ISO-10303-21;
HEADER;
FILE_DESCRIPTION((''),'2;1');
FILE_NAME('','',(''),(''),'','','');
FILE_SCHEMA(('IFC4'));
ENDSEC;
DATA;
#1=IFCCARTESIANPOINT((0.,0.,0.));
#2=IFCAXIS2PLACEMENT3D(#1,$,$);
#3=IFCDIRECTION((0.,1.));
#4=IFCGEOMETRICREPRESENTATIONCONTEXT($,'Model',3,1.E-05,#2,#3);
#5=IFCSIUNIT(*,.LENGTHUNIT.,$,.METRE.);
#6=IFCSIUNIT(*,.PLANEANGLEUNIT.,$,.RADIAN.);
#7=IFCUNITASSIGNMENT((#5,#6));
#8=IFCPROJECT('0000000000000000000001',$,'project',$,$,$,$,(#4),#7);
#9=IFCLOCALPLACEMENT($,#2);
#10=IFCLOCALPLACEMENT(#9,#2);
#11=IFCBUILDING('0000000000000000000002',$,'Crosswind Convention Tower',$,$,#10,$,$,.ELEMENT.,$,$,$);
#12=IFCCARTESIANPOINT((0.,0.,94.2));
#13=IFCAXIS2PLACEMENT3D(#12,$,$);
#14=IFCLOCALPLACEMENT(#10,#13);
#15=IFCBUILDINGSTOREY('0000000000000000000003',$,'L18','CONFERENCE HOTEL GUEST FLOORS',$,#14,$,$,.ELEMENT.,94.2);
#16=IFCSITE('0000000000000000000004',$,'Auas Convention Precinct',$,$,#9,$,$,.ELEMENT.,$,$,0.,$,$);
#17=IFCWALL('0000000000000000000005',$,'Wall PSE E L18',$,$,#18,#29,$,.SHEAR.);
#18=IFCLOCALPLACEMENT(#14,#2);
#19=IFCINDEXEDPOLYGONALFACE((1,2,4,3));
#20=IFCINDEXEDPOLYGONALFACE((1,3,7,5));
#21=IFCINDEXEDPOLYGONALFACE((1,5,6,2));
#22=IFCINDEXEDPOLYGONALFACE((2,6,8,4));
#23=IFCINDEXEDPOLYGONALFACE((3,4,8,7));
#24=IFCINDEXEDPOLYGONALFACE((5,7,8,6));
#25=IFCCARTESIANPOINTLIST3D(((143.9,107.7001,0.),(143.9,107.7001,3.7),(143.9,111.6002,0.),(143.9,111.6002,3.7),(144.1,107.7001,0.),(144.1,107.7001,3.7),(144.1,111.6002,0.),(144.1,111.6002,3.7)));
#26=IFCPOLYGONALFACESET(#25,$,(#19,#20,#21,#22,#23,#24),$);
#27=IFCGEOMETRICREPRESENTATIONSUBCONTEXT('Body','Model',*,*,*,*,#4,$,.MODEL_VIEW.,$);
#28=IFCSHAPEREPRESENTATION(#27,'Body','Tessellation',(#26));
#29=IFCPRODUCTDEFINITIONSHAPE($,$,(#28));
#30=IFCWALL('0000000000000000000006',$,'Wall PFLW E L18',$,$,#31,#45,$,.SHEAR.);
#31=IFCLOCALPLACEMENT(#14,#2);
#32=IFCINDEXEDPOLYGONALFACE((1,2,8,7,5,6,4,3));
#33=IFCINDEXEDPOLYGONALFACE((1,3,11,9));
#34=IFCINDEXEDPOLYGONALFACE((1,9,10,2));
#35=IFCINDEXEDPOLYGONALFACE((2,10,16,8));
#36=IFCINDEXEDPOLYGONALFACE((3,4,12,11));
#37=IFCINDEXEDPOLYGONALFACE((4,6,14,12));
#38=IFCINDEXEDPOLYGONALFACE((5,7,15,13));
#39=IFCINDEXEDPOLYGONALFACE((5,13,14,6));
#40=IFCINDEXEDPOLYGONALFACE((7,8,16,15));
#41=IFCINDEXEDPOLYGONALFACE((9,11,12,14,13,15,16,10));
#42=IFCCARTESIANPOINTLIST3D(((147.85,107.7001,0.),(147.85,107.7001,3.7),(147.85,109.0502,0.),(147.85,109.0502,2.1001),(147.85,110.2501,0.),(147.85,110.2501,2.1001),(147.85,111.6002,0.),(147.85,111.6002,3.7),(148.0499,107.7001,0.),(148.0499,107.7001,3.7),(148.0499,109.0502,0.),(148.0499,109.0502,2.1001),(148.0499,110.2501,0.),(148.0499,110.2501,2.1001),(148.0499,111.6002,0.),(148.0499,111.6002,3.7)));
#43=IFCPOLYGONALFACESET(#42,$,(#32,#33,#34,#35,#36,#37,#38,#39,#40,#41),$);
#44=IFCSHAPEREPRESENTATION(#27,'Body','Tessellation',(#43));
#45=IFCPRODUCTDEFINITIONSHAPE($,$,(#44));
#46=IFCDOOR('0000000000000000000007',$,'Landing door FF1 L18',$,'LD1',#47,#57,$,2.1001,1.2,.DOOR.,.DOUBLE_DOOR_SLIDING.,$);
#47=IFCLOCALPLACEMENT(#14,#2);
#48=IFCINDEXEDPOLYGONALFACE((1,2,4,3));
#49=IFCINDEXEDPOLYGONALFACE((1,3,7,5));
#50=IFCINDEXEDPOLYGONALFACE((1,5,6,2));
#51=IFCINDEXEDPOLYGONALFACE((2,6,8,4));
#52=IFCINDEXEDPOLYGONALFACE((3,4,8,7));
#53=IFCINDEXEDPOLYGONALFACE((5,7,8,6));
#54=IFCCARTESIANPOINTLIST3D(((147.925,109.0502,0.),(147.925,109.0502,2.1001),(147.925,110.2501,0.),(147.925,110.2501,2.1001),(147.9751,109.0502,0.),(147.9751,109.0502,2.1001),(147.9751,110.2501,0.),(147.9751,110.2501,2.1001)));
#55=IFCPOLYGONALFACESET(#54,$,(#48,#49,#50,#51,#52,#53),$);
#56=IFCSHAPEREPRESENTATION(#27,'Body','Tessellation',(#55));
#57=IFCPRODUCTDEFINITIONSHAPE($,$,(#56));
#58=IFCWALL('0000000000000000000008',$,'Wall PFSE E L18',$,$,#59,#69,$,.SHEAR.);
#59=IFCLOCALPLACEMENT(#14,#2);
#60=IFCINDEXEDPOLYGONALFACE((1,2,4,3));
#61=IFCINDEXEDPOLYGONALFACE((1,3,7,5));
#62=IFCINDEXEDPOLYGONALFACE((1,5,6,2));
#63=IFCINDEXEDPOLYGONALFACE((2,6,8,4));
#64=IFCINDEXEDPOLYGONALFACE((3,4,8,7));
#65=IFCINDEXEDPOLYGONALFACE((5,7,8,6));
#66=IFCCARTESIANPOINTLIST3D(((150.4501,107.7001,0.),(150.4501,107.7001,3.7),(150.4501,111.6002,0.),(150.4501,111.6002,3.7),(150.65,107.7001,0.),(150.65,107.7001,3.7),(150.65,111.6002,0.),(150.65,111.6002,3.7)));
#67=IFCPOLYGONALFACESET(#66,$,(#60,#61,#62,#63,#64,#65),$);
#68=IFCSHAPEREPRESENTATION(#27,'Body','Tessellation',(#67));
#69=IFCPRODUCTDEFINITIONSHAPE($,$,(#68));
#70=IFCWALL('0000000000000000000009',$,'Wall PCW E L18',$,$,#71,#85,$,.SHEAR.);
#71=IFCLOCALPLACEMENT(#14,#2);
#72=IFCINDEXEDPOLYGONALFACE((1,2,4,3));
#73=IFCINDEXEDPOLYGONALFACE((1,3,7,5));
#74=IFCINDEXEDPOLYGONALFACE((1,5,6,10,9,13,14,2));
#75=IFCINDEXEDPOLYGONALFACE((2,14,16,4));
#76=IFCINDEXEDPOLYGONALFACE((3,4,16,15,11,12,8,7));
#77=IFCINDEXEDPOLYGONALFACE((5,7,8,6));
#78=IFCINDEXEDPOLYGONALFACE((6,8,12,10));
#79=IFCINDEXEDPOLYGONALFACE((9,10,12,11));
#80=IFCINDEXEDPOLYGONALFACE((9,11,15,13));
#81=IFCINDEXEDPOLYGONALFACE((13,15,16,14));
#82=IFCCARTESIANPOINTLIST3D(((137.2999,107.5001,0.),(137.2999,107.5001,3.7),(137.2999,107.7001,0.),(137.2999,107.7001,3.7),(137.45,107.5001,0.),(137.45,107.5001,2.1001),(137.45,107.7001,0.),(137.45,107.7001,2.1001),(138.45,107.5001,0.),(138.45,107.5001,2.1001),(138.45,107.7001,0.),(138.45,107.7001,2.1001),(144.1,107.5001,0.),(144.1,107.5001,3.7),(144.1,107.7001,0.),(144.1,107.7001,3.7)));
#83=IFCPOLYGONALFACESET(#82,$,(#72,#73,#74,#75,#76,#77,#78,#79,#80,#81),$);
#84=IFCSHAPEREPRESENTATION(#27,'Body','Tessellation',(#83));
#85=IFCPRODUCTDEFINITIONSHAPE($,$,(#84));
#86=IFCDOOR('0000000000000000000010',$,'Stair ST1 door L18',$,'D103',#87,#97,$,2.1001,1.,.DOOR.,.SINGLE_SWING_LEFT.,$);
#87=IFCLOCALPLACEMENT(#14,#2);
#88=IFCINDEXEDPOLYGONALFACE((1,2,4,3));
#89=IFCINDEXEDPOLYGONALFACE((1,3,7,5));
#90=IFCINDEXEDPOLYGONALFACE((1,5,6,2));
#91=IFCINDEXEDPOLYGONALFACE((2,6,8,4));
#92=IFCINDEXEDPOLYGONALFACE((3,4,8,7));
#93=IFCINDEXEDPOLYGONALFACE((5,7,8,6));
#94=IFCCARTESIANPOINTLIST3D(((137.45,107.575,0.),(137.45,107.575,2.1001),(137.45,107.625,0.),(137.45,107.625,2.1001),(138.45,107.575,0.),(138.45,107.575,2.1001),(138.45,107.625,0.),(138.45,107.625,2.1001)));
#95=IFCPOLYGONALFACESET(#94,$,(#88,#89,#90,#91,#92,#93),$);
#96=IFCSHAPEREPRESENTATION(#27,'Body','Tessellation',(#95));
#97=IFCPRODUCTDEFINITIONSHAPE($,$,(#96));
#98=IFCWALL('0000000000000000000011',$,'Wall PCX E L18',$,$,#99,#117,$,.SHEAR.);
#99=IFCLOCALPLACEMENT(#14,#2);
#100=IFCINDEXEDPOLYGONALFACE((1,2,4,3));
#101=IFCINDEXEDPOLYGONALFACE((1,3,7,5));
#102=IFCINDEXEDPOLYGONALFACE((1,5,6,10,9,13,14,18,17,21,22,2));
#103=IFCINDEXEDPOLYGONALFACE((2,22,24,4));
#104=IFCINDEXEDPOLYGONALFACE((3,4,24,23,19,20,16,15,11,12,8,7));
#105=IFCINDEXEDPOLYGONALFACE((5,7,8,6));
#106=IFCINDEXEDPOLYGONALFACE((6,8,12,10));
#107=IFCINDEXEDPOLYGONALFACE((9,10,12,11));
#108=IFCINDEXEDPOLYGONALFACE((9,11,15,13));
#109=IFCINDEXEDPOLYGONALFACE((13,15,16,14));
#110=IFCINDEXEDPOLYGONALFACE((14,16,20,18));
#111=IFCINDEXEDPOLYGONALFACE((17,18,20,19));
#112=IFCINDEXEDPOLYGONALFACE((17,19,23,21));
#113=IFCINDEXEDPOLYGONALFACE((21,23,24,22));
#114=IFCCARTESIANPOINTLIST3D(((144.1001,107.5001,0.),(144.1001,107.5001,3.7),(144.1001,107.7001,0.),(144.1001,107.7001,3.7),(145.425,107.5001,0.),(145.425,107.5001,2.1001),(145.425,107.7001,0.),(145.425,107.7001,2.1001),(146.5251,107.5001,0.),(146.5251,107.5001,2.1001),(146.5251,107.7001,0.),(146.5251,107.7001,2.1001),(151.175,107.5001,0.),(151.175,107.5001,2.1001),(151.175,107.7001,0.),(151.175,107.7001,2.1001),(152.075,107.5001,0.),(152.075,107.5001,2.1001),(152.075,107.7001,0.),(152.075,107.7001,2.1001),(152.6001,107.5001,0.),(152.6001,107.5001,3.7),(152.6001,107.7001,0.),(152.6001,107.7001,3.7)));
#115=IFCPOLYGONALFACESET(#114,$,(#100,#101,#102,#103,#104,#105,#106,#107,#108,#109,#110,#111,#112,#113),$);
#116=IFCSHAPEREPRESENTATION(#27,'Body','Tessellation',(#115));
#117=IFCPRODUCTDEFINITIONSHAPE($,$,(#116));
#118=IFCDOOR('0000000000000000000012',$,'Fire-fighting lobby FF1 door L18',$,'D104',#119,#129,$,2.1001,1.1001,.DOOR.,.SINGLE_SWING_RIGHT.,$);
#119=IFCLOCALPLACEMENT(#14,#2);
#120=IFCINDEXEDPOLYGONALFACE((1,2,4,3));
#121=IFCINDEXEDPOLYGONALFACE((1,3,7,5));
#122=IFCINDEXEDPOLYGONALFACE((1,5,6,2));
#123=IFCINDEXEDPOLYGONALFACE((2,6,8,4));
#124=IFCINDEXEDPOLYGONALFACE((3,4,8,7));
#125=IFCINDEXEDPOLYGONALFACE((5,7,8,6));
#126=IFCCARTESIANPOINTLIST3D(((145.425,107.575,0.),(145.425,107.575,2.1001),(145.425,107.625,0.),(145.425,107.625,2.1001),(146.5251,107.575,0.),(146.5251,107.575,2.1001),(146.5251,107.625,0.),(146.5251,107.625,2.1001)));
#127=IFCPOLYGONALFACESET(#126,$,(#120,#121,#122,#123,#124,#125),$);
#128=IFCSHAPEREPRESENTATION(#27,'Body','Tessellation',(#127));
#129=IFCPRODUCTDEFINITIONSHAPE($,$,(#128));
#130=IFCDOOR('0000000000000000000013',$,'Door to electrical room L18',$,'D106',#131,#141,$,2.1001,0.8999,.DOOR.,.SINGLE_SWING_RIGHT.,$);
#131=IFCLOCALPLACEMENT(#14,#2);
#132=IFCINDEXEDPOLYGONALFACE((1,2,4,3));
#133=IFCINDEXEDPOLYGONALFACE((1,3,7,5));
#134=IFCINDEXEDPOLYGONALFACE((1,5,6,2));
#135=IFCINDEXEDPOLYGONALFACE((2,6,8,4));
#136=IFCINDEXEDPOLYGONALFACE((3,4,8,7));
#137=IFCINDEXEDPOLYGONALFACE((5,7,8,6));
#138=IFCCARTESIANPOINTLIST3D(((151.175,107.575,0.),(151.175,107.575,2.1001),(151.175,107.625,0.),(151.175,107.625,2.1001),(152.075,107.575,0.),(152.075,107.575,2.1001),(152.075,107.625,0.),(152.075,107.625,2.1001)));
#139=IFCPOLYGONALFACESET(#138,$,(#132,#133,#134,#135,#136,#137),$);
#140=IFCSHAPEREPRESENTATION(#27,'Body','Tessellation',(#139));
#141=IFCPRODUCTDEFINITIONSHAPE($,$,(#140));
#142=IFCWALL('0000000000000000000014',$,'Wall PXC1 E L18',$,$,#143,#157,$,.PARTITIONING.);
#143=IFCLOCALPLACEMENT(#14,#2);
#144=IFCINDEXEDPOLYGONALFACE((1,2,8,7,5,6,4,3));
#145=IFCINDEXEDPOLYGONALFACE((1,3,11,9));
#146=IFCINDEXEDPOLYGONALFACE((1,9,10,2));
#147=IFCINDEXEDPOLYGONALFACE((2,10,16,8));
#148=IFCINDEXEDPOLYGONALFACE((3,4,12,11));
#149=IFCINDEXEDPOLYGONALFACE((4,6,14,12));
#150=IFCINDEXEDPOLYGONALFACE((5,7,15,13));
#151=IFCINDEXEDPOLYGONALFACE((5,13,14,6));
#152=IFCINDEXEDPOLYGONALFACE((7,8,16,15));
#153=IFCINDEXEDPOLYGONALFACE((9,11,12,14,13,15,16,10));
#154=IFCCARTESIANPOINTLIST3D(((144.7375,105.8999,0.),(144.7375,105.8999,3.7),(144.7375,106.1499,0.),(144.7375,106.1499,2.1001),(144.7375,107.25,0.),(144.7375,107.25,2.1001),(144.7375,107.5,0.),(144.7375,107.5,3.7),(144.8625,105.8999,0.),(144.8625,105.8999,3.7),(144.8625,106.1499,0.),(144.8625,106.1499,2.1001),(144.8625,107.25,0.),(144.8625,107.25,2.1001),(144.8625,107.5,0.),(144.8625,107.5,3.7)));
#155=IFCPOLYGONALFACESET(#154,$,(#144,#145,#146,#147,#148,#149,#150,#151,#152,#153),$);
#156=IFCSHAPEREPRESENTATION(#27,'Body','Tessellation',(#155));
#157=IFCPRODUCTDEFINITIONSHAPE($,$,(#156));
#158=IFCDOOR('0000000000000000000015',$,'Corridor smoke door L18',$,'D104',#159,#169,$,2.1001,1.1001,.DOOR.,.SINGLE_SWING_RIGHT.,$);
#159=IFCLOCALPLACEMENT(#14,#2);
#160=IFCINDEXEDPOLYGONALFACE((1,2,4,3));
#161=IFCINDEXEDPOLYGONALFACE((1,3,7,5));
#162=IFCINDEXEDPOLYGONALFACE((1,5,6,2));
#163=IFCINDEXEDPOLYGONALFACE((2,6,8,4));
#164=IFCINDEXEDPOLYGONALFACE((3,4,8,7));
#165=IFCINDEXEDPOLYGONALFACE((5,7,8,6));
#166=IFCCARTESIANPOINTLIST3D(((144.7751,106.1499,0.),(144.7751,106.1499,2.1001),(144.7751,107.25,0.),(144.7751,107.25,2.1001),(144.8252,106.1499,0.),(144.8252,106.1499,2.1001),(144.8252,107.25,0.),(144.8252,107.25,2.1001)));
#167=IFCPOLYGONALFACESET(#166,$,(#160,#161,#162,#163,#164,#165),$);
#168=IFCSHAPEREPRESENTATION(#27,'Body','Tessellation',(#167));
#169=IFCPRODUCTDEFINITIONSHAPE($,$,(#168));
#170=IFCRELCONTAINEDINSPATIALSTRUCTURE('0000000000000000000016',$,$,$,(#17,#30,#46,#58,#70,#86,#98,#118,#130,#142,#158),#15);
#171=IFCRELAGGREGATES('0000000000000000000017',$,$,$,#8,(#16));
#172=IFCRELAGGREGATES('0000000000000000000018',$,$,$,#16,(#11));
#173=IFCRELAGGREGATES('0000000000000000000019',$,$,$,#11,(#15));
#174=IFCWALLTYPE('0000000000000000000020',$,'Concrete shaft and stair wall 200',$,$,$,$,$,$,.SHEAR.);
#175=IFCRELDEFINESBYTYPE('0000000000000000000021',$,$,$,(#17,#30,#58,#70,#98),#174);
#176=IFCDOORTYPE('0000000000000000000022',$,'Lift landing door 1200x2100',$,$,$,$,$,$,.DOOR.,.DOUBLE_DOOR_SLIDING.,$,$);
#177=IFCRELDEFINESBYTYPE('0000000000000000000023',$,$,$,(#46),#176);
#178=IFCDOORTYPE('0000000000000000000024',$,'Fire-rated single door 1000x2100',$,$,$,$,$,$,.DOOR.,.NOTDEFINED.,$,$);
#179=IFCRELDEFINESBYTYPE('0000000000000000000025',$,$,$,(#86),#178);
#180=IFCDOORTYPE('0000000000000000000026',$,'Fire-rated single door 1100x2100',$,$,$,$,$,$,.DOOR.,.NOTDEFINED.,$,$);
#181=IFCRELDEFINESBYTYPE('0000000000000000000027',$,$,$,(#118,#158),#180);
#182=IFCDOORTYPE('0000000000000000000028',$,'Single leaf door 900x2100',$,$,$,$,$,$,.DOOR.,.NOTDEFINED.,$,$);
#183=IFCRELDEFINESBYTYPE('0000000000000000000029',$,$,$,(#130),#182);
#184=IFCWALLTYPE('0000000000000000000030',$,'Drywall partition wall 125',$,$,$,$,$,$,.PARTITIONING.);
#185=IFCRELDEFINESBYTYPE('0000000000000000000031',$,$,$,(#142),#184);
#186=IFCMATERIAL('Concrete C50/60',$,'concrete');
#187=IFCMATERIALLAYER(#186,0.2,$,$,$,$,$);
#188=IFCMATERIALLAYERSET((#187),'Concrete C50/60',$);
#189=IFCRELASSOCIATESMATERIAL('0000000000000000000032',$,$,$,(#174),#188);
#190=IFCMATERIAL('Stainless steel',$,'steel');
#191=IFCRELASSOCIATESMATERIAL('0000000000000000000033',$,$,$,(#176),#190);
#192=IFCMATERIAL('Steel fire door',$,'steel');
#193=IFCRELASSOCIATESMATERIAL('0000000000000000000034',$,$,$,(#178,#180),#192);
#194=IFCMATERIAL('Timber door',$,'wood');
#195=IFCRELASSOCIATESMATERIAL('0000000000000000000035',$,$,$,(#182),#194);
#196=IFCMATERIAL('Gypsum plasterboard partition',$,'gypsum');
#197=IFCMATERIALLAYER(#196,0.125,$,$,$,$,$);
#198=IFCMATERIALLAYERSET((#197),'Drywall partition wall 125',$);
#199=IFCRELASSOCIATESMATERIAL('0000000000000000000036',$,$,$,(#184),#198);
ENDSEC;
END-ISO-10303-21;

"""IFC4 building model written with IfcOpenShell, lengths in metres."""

from ifc_helpers import new_model, si_unit, direction, frame, frame_2d, origin, place, context, subcontext, project, spatial, rectangle, extrude, material, layer, layer_set, type_object, element, fill, save


model = new_model("IFC4")

# Units and contexts
model_context = context("Model", 3, precision=1e-05, world=origin(), true_north=direction((0.0, 1.0)))
body_context = subcontext(model_context, "Body", "Model", "MODEL_VIEW")
ifc_project = project(units=[si_unit("LENGTHUNIT", "METRE"), si_unit("PLANEANGLEUNIT", "RADIAN")], contexts=[model_context])

# Site, building, storey
site_placement = place(None, origin())
site = spatial("IfcSite", under=ifc_project, at=site_placement, Name="Auas Convention Precinct", CompositionType="ELEMENT", RefElevation=0.0)
building_placement = place(site_placement, origin())
building = spatial("IfcBuilding", under=site, at=building_placement, Name="Crosswind Convention Tower", CompositionType="ELEMENT")
storey_placement = place(building_placement, frame((0.0, 0.0, 94.2)))
storey = spatial("IfcBuildingStorey", under=building, at=storey_placement, Name="L18", Description="CONFERENCE HOTEL GUEST FLOORS", CompositionType="ELEMENT", Elevation=94.2)

# Wall
ifc_material_1 = material(Name="Concrete C50/60", Category="concrete")
ifc_layer_1 = layer(ifc_material_1, 0.2)
ifc_layer_set_1 = layer_set([ifc_layer_1], Name="Concrete C50/60")
wall_type_1 = type_object("IfcWallType", Name="Concrete shaft and stair wall 200", PredefinedType="SHEAR", material=ifc_layer_set_1)
wall_1_placement = place(storey_placement, frame((144.0, 107.7, 0.0), z_axis=(0.0, 0.0, 1.0), x_axis=(0.0, 1.0, 0.0)))
element("IfcWall", 1, at=wall_1_placement, inside=storey, type_object=wall_type_1, Name="Wall PSE E L18", PredefinedType="SHEAR", context=body_context, shape_type="SweptSolid", body=[
    extrude(rectangle(XDim=3.9001, YDim=0.2, at=frame_2d((1.9502, 0.0))), origin(), (0.0, 0.0, 1.0), 3.7),
])

# Wall, opening, door
wall_2_placement = place(storey_placement, frame((147.95, 107.7, 0.0), z_axis=(0.0, 0.0, 1.0), x_axis=(0.0, 1.0, 0.0)))
wall_2 = element("IfcWall", 2, at=wall_2_placement, inside=storey, type_object=wall_type_1, Name="Wall PFLW E L18", PredefinedType="SHEAR", context=body_context, shape_type="SweptSolid", body=[
    extrude(rectangle(XDim=3.9001, YDim=0.2, at=frame_2d((1.9502, 0.0))), origin(), (0.0, 0.0, 1.0), 3.7),
])
opening_1_placement = place(wall_2_placement, frame((1.3501, 0.0, 0.0)))
opening_1 = element("IfcOpeningElement", 3, at=opening_1_placement, cuts=wall_2, PredefinedType="OPENING", context=body_context, shape_type="SweptSolid", body=[
    extrude(rectangle(XDim=1.2, YDim=2.1001, at=frame_2d((0.6001, 1.05))), frame((0.0, 0.1099, 0.0), z_axis=(0.0, -1.0, 0.0), x_axis=(1.0, 0.0, 0.0)), (0.0, 0.0, 1.0), 0.22),
])
ifc_material_2 = material(Name="Stainless steel", Category="steel")
door_type_1 = type_object("IfcDoorType", Name="Lift landing door 1200x2100", OperationType="DOUBLE_DOOR_SLIDING", PredefinedType="DOOR", material=ifc_material_2)
door_1_placement = place(opening_1_placement, origin())
door_1 = element("IfcDoor", 4, at=door_1_placement, inside=storey, type_object=door_type_1, Name="Landing door FF1 L18", ObjectType="LD1", OperationType="DOUBLE_DOOR_SLIDING", OverallHeight=2.1001, OverallWidth=1.2, PredefinedType="DOOR", context=body_context, shape_type="SweptSolid", body=[
    extrude(rectangle(XDim=1.2, YDim=2.1001, at=frame_2d((0.6001, 1.05))), frame((0.0, 0.0249, 0.0), z_axis=(0.0, -1.0, 0.0), x_axis=(1.0, 0.0, 0.0)), (0.0, 0.0, 1.0), 0.05),
])
fill(opening_1, door_1)

# Wall
wall_3_placement = place(storey_placement, frame((150.55, 107.7, 0.0), z_axis=(0.0, 0.0, 1.0), x_axis=(0.0, 1.0, 0.0)))
element("IfcWall", 5, at=wall_3_placement, inside=storey, type_object=wall_type_1, Name="Wall PFSE E L18", PredefinedType="SHEAR", context=body_context, shape_type="SweptSolid", body=[
    extrude(rectangle(XDim=3.9001, YDim=0.2, at=frame_2d((1.9502, 0.0))), origin(), (0.0, 0.0, 1.0), 3.7),
])

# Wall, opening, door
wall_4_placement = place(storey_placement, frame((137.3, 107.6001, 0.0), z_axis=(0.0, 0.0, 1.0), x_axis=(1.0, 0.0, 0.0)))
wall_4 = element("IfcWall", 6, at=wall_4_placement, inside=storey, type_object=wall_type_1, Name="Wall PCW E L18", PredefinedType="SHEAR", context=body_context, shape_type="SweptSolid", body=[
    extrude(rectangle(XDim=6.8, YDim=0.2, at=frame_2d((3.3999, 0.0))), origin(), (0.0, 0.0, 1.0), 3.7),
])
opening_2_placement = place(wall_4_placement, frame((0.1499, 0.0, 0.0)))
opening_2 = element("IfcOpeningElement", 7, at=opening_2_placement, cuts=wall_4, PredefinedType="OPENING", context=body_context, shape_type="SweptSolid", body=[
    extrude(rectangle(XDim=1.0, YDim=2.1001, at=frame_2d((0.5, 1.05))), frame((0.0, 0.1099, 0.0), z_axis=(0.0, -1.0, 0.0), x_axis=(1.0, 0.0, 0.0)), (0.0, 0.0, 1.0), 0.22),
])
ifc_material_3 = material(Name="Steel fire door", Category="steel")
door_type_2 = type_object("IfcDoorType", Name="Fire-rated single door 1000x2100", OperationType="NOTDEFINED", PredefinedType="DOOR", material=ifc_material_3)
door_2_placement = place(opening_2_placement, origin())
door_2 = element("IfcDoor", 8, at=door_2_placement, inside=storey, type_object=door_type_2, Name="Stair ST1 door L18", ObjectType="D103", OperationType="SINGLE_SWING_LEFT", OverallHeight=2.1001, OverallWidth=1.0, PredefinedType="DOOR", context=body_context, shape_type="SweptSolid", body=[
    extrude(rectangle(XDim=1.0, YDim=2.1001, at=frame_2d((0.5, 1.05))), frame((0.0, 0.0249, 0.0), z_axis=(0.0, -1.0, 0.0), x_axis=(1.0, 0.0, 0.0)), (0.0, 0.0, 1.0), 0.05),
])
fill(opening_2, door_2)

# Wall, openings, doors
wall_5_placement = place(storey_placement, frame((144.1001, 107.6001, 0.0), z_axis=(0.0, 0.0, 1.0), x_axis=(1.0, 0.0, 0.0)))
wall_5 = element("IfcWall", 9, at=wall_5_placement, inside=storey, type_object=wall_type_1, Name="Wall PCX E L18", PredefinedType="SHEAR", context=body_context, shape_type="SweptSolid", body=[
    extrude(rectangle(XDim=8.5, YDim=0.2, at=frame_2d((4.25, 0.0))), origin(), (0.0, 0.0, 1.0), 3.7),
])
opening_3_placement = place(wall_5_placement, frame((1.325, 0.0, 0.0)))
opening_3 = element("IfcOpeningElement", 10, at=opening_3_placement, cuts=wall_5, PredefinedType="OPENING", context=body_context, shape_type="SweptSolid", body=[
    extrude(rectangle(XDim=1.1001, YDim=2.1001, at=frame_2d((0.55, 1.05))), frame((0.0, 0.1099, 0.0), z_axis=(0.0, -1.0, 0.0), x_axis=(1.0, 0.0, 0.0)), (0.0, 0.0, 1.0), 0.22),
])
opening_4_placement = place(wall_5_placement, frame((7.075, 0.0, 0.0)))
opening_4 = element("IfcOpeningElement", 11, at=opening_4_placement, cuts=wall_5, PredefinedType="OPENING", context=body_context, shape_type="SweptSolid", body=[
    extrude(rectangle(XDim=0.8999, YDim=2.1001, at=frame_2d((0.45, 1.05))), frame((0.0, 0.1099, 0.0), z_axis=(0.0, -1.0, 0.0), x_axis=(1.0, 0.0, 0.0)), (0.0, 0.0, 1.0), 0.22),
])
door_type_3 = type_object("IfcDoorType", Name="Fire-rated single door 1100x2100", OperationType="NOTDEFINED", PredefinedType="DOOR", material=ifc_material_3)
door_3_placement = place(opening_3_placement, origin())
door_3 = element("IfcDoor", 12, at=door_3_placement, inside=storey, type_object=door_type_3, Name="Fire-fighting lobby FF1 door L18", ObjectType="D104", OperationType="SINGLE_SWING_RIGHT", OverallHeight=2.1001, OverallWidth=1.1001, PredefinedType="DOOR", context=body_context, shape_type="SweptSolid", body=[
    extrude(rectangle(XDim=1.1001, YDim=2.1001, at=frame_2d((0.55, 1.05))), frame((0.0, 0.0249, 0.0), z_axis=(0.0, -1.0, 0.0), x_axis=(1.0, 0.0, 0.0)), (0.0, 0.0, 1.0), 0.05),
])
fill(opening_3, door_3)
ifc_material_4 = material(Name="Timber door", Category="wood")
door_type_4 = type_object("IfcDoorType", Name="Single leaf door 900x2100", OperationType="NOTDEFINED", PredefinedType="DOOR", material=ifc_material_4)
door_4_placement = place(opening_4_placement, origin())
door_4 = element("IfcDoor", 13, at=door_4_placement, inside=storey, type_object=door_type_4, Name="Door to electrical room L18", ObjectType="D106", OperationType="SINGLE_SWING_RIGHT", OverallHeight=2.1001, OverallWidth=0.8999, PredefinedType="DOOR", context=body_context, shape_type="SweptSolid", body=[
    extrude(rectangle(XDim=0.8999, YDim=2.1001, at=frame_2d((0.45, 1.05))), frame((0.0, 0.0249, 0.0), z_axis=(0.0, -1.0, 0.0), x_axis=(1.0, 0.0, 0.0)), (0.0, 0.0, 1.0), 0.05),
])
fill(opening_4, door_4)

# Wall, opening, door
ifc_material_5 = material(Name="Gypsum plasterboard partition", Category="gypsum")
ifc_layer_2 = layer(ifc_material_5, 0.125)
ifc_layer_set_2 = layer_set([ifc_layer_2], Name="Drywall partition wall 125")
wall_type_2 = type_object("IfcWallType", Name="Drywall partition wall 125", PredefinedType="PARTITIONING", material=ifc_layer_set_2)
wall_6_placement = place(storey_placement, frame((144.8, 105.8999, 0.0), z_axis=(0.0, 0.0, 1.0), x_axis=(0.0, 1.0, 0.0)))
wall_6 = element("IfcWall", 14, at=wall_6_placement, inside=storey, type_object=wall_type_2, Name="Wall PXC1 E L18", PredefinedType="PARTITIONING", context=body_context, shape_type="SweptSolid", body=[
    extrude(rectangle(XDim=1.6001, YDim=0.125, at=frame_2d((0.8, 0.0))), origin(), (0.0, 0.0, 1.0), 3.7),
])
opening_5_placement = place(wall_6_placement, frame((0.25, 0.0, 0.0)))
opening_5 = element("IfcOpeningElement", 15, at=opening_5_placement, cuts=wall_6, PredefinedType="OPENING", context=body_context, shape_type="SweptSolid", body=[
    extrude(rectangle(XDim=1.1001, YDim=2.1001, at=frame_2d((0.55, 1.05))), frame((0.0, 0.0725, 0.0), z_axis=(0.0, -1.0, 0.0), x_axis=(1.0, 0.0, 0.0)), (0.0, 0.0, 1.0), 0.145),
])
door_5_placement = place(opening_5_placement, origin())
door_5 = element("IfcDoor", 16, at=door_5_placement, inside=storey, type_object=door_type_3, Name="Corridor smoke door L18", ObjectType="D104", OperationType="SINGLE_SWING_RIGHT", OverallHeight=2.1001, OverallWidth=1.1001, PredefinedType="DOOR", context=body_context, shape_type="SweptSolid", body=[
    extrude(rectangle(XDim=1.1001, YDim=2.1001, at=frame_2d((0.55, 1.05))), frame((0.0, 0.0249, 0.0), z_axis=(0.0, -1.0, 0.0), x_axis=(1.0, 0.0, 0.0)), (0.0, 0.0, 1.0), 0.05),
])
fill(opening_5, door_5)

save(model, "model.ifc")
